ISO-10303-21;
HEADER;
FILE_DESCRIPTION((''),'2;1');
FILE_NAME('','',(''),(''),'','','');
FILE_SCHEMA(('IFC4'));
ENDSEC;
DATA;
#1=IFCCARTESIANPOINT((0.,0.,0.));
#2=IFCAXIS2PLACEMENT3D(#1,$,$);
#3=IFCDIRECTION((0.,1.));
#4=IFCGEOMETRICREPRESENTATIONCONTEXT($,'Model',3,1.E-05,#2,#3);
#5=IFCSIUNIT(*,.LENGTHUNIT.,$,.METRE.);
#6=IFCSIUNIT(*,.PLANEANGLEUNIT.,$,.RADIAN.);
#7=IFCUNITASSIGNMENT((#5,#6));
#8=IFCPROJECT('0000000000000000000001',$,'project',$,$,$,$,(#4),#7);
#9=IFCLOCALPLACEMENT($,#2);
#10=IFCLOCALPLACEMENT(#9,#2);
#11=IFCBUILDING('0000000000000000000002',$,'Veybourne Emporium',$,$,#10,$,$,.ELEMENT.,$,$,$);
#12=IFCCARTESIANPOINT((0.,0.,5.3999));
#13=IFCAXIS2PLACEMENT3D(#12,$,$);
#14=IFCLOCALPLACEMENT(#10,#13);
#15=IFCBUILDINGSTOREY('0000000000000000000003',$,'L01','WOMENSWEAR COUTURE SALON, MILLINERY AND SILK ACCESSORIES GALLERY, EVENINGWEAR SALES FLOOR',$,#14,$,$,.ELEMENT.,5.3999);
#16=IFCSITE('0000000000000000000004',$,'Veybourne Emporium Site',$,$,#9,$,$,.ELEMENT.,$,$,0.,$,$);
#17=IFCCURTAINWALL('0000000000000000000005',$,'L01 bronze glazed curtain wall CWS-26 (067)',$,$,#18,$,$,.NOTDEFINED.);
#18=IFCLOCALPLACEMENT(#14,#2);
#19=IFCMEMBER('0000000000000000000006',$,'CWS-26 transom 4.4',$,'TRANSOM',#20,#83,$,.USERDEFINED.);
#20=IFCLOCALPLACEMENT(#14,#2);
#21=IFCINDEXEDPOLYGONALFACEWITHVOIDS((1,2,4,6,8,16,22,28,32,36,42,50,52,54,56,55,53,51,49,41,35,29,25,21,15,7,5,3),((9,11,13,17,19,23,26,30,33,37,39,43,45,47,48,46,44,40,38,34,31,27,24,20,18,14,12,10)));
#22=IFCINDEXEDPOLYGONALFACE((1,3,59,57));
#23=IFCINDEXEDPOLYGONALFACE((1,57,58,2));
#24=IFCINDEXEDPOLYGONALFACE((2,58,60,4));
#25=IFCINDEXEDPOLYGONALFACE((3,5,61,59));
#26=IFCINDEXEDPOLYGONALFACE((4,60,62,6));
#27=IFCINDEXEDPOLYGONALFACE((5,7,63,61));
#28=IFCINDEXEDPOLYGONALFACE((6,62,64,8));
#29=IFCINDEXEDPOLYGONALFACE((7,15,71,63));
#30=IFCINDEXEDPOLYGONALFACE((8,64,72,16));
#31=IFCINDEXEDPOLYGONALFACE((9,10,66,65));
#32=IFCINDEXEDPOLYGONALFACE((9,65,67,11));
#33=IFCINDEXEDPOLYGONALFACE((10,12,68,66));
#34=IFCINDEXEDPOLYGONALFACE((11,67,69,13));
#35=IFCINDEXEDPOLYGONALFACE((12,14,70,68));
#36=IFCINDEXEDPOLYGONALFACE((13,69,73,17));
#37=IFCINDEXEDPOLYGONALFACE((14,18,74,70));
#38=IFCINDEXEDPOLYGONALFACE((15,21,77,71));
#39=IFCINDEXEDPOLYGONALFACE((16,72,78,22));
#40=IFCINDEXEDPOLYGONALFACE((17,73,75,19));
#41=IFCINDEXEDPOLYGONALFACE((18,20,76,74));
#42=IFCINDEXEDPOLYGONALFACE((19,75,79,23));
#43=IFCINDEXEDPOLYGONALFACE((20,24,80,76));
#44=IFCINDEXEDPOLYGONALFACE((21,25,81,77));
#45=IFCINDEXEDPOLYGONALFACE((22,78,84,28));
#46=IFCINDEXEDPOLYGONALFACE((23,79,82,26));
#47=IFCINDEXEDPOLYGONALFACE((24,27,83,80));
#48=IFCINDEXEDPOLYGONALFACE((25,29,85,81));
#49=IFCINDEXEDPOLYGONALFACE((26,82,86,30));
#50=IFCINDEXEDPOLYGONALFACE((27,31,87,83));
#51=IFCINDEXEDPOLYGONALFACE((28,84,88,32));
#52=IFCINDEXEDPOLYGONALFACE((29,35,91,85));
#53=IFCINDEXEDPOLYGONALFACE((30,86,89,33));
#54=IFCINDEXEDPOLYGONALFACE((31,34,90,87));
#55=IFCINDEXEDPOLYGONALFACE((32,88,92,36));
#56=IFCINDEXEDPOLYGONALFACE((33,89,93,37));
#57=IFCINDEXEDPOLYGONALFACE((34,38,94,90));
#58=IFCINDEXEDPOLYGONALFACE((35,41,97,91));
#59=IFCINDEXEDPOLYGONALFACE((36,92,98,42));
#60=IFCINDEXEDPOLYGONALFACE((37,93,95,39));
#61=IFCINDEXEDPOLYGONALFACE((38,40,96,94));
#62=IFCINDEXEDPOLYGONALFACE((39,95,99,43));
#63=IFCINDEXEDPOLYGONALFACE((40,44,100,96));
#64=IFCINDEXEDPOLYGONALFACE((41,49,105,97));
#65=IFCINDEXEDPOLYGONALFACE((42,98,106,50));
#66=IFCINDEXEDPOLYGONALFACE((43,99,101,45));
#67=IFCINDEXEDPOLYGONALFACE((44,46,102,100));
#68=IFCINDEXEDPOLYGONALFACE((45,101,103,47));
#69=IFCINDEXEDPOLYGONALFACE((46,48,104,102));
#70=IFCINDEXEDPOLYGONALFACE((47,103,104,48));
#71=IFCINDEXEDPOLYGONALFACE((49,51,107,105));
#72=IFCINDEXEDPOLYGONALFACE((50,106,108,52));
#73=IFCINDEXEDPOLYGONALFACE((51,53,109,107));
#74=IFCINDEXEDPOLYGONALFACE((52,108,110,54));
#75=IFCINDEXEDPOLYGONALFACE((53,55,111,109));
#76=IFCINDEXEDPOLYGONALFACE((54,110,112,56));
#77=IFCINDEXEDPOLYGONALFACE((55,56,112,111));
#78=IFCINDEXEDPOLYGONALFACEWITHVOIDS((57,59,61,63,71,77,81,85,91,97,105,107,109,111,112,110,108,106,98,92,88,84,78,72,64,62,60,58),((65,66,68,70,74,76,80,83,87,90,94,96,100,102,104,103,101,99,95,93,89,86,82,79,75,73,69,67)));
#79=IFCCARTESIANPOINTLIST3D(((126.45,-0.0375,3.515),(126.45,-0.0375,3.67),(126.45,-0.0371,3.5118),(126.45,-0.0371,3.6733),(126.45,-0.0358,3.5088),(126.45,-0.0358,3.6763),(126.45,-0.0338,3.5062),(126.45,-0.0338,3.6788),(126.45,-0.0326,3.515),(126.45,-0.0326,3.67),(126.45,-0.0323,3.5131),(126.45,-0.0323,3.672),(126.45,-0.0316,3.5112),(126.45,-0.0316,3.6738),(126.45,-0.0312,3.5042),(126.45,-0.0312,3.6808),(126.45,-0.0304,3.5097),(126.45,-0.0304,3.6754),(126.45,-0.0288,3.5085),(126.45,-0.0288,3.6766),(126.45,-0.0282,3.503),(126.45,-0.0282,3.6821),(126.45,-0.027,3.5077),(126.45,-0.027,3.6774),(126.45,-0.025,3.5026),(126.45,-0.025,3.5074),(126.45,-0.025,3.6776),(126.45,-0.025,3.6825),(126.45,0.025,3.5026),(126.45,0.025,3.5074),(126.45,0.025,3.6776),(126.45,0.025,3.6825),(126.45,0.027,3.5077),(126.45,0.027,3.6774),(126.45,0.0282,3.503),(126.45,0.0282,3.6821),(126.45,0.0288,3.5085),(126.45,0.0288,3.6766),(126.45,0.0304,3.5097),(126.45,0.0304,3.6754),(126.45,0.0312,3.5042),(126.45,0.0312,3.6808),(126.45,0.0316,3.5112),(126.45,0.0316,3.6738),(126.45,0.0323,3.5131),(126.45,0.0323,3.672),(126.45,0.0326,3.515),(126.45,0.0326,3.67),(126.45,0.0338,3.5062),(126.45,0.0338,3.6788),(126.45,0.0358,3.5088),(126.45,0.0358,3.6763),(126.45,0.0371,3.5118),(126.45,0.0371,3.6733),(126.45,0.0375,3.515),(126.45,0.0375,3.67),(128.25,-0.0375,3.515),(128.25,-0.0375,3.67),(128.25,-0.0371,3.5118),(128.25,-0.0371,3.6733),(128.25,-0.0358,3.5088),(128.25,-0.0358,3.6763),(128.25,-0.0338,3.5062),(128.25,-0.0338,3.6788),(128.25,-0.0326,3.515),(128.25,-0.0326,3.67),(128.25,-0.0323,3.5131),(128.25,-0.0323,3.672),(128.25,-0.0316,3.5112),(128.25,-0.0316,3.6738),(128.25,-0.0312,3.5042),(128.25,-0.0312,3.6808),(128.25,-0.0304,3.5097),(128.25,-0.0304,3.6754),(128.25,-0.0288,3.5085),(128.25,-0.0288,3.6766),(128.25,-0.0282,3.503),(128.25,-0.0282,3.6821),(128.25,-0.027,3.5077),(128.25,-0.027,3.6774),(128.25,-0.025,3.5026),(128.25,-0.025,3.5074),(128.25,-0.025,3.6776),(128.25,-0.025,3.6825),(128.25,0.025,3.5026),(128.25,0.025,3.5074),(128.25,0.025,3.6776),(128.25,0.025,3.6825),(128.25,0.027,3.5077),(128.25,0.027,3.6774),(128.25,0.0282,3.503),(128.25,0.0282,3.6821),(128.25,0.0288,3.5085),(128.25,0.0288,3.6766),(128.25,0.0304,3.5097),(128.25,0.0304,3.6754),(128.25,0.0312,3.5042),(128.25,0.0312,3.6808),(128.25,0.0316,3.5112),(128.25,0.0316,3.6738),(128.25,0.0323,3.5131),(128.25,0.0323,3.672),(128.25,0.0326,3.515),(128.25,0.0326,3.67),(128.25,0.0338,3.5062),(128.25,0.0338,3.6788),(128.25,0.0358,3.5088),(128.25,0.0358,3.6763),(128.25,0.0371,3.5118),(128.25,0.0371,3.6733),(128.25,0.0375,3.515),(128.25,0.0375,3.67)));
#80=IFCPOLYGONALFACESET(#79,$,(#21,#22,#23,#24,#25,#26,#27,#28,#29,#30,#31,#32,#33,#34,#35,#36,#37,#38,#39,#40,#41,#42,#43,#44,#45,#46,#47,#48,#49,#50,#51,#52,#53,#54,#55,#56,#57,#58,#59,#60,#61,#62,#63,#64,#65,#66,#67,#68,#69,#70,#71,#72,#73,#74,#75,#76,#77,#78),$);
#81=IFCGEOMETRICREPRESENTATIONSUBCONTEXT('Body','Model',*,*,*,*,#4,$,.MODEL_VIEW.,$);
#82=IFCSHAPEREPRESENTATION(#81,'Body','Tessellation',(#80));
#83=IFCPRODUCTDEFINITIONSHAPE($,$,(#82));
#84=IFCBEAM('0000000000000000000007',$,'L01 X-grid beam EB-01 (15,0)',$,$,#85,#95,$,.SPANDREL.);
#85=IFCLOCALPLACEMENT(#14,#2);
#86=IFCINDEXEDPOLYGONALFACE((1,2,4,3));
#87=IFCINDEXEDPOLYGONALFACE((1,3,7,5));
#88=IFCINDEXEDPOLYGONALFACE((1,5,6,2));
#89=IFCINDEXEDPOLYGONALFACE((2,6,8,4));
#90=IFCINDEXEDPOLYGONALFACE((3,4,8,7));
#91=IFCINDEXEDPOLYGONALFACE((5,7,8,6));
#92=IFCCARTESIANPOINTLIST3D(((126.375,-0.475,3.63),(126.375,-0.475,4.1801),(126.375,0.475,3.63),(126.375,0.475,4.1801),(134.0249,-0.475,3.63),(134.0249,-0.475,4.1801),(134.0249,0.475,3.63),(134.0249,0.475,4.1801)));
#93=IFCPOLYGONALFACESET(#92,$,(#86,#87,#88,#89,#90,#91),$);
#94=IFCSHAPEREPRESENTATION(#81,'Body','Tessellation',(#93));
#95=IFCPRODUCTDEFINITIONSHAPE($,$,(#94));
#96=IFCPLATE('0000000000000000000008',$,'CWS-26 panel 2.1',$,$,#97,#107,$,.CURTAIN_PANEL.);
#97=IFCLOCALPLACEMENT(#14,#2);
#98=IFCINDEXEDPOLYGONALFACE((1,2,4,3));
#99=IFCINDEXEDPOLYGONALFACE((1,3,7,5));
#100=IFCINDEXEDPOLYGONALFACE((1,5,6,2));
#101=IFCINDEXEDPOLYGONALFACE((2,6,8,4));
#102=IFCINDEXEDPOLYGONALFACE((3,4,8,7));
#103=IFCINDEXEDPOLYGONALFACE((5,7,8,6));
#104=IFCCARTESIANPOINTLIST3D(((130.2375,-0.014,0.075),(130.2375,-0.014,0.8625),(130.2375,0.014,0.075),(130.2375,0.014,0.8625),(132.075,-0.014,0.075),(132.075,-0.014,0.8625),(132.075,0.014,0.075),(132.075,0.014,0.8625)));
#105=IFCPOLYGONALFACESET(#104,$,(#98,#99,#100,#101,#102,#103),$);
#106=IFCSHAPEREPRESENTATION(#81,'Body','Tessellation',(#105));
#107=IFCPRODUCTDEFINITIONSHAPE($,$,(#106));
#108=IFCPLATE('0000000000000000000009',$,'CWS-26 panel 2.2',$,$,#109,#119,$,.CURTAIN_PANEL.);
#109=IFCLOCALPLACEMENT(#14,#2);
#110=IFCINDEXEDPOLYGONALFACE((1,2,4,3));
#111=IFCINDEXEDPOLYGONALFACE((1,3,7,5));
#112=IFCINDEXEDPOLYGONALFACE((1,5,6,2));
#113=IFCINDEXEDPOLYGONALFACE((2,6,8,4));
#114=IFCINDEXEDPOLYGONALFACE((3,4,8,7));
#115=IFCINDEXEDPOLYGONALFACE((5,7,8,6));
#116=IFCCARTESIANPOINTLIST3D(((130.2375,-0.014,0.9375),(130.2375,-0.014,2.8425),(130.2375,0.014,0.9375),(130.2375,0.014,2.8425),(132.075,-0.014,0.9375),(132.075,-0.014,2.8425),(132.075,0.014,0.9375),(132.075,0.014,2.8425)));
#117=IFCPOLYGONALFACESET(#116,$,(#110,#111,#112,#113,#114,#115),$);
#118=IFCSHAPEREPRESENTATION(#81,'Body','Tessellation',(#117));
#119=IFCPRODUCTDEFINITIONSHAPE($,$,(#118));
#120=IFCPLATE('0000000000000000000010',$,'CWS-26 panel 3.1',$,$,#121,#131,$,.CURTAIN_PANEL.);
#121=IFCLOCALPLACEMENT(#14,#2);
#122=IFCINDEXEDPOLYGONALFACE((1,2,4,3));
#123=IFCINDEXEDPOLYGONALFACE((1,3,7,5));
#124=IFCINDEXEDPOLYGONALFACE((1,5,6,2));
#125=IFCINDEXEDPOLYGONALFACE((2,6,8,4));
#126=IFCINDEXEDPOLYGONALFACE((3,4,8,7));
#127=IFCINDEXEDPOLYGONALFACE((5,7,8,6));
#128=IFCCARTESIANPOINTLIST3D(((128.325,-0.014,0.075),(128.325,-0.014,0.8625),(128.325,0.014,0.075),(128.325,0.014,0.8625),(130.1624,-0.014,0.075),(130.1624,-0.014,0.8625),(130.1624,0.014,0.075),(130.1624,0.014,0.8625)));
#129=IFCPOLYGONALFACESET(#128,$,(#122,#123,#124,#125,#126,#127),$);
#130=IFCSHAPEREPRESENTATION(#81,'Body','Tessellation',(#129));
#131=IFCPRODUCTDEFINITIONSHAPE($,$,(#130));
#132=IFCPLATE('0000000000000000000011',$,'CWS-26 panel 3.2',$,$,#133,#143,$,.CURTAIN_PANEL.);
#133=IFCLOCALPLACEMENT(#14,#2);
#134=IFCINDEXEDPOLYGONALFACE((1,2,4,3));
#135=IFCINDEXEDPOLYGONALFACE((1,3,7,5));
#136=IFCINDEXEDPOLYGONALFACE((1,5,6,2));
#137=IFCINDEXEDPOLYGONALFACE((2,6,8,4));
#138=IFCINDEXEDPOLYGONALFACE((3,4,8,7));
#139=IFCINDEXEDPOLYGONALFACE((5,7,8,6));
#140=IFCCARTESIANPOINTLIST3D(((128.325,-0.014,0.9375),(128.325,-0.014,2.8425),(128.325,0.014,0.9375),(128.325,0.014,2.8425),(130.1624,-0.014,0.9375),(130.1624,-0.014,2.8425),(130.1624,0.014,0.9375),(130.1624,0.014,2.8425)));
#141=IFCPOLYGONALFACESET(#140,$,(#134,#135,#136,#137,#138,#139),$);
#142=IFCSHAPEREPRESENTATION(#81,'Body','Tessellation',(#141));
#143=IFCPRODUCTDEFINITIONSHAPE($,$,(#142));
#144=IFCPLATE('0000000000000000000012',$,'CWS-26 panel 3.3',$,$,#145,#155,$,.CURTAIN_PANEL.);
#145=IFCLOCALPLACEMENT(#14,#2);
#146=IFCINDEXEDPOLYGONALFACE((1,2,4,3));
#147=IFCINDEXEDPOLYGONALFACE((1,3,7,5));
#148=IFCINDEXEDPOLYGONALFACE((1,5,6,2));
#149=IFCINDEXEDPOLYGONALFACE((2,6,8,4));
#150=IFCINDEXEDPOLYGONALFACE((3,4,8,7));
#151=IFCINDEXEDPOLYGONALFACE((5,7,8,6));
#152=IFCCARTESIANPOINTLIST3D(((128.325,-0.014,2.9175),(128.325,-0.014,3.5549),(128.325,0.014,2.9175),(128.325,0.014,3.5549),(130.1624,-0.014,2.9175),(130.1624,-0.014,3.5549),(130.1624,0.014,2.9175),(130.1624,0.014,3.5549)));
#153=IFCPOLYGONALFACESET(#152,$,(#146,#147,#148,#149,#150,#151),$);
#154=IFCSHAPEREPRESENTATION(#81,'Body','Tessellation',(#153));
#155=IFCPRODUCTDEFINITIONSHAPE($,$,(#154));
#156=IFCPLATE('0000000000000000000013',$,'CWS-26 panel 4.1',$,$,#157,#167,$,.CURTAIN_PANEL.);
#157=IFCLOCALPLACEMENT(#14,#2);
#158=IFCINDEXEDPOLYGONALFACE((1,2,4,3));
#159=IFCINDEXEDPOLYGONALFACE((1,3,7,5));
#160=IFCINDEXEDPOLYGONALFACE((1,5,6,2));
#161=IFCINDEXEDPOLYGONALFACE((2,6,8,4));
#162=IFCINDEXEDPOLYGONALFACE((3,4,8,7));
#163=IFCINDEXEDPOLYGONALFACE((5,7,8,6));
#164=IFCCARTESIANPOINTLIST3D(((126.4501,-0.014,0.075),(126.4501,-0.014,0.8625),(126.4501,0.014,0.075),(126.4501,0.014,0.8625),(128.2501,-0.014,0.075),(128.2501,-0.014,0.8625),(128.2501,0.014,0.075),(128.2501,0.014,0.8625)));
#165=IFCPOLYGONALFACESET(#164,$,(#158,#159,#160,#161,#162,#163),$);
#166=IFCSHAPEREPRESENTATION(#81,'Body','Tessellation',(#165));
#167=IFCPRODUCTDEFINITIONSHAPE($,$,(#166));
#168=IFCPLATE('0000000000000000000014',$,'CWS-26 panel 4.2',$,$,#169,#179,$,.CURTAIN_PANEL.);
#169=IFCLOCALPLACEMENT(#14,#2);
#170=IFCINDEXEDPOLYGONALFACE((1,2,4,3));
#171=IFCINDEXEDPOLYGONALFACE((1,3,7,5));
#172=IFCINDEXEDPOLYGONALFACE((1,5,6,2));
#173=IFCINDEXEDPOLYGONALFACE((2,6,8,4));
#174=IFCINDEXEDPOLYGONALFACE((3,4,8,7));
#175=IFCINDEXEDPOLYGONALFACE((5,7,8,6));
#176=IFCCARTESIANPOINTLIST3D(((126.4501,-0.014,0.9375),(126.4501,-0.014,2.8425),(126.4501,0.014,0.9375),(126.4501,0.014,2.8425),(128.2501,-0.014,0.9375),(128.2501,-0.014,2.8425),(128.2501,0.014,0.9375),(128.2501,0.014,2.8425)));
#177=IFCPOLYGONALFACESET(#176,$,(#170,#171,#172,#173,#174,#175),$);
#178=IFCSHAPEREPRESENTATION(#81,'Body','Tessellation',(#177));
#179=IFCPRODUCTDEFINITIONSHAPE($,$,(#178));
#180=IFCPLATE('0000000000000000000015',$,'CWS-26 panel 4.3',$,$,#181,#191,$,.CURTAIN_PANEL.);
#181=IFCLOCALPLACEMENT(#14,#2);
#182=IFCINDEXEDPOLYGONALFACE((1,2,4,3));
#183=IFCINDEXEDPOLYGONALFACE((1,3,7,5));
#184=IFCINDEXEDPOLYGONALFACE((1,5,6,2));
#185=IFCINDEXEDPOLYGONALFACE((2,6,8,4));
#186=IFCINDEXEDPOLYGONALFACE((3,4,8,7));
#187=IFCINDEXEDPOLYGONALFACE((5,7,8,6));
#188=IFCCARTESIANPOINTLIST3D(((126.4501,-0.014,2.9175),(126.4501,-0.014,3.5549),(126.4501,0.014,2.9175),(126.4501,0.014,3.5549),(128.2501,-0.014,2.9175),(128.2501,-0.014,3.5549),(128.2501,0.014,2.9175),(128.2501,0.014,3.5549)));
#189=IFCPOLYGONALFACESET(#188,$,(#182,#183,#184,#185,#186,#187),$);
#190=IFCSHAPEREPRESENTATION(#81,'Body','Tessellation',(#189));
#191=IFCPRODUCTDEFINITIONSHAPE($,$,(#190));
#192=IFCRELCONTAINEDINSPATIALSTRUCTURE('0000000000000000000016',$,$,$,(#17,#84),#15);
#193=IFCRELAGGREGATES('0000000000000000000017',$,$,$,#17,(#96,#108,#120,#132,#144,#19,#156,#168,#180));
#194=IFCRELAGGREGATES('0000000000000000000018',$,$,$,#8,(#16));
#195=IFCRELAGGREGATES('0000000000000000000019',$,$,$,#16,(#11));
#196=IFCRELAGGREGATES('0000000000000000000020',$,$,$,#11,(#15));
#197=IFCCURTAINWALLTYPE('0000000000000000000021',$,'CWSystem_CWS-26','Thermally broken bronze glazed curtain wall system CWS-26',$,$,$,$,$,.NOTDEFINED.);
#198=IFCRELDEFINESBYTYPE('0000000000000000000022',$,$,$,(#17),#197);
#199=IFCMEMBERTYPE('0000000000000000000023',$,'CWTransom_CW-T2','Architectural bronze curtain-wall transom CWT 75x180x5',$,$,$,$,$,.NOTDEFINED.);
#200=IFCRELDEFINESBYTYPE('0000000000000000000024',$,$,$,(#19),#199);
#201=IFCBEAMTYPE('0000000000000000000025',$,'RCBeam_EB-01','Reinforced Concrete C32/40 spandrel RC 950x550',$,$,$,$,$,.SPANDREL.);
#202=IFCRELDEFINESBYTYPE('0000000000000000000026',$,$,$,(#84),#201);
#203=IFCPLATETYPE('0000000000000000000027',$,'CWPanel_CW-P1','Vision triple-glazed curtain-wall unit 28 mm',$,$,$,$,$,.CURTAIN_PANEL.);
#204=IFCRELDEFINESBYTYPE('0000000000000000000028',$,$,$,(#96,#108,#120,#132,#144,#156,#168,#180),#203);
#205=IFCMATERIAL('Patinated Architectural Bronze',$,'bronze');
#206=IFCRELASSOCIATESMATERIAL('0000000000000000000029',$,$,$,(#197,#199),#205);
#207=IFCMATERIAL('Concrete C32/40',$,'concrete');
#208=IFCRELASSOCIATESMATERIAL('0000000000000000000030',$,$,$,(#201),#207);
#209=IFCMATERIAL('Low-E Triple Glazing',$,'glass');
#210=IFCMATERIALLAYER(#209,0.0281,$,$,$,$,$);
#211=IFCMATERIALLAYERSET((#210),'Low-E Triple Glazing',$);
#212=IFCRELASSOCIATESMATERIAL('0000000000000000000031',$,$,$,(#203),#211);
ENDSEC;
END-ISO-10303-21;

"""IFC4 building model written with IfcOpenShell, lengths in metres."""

from ifc_helpers import new_model, si_unit, direction, frame, origin, origin_2d, place, context, subcontext, project, spatial, rectangle, hollow_rectangle, extrude, material, layer, layer_set, material_profile, profile_set, type_object, element, aggregate, save


model = new_model("IFC4")

# Units and contexts
model_context = context("Model", 3, precision=1e-05, world=origin(), true_north=direction((0.0, 1.0)))
body_context = subcontext(model_context, "Body", "Model", "MODEL_VIEW")
ifc_project = project(units=[si_unit("LENGTHUNIT", "METRE"), si_unit("PLANEANGLEUNIT", "RADIAN")], contexts=[model_context])

# Site, building, storey
site_placement = place(None, origin())
site = spatial("IfcSite", under=ifc_project, at=site_placement, Name="Veybourne Emporium Site", CompositionType="ELEMENT", RefElevation=0.0)
building_placement = place(site_placement, origin())
building = spatial("IfcBuilding", under=site, at=building_placement, Name="Veybourne Emporium", CompositionType="ELEMENT")
storey_placement = place(building_placement, frame((0.0, 0.0, 5.3999)))
storey = spatial("IfcBuildingStorey", under=building, at=storey_placement, Name="L01", Description="WOMENSWEAR COUTURE SALON, MILLINERY AND SILK ACCESSORIES GALLERY, EVENINGWEAR SALES FLOOR", CompositionType="ELEMENT", Elevation=5.3999)

# Curtain wall, member
ifc_material_1 = material(Name="Patinated Architectural Bronze", Category="bronze")
curtain_wall_type = type_object("IfcCurtainWallType", Name="CWSystem_CWS-26", Description="Thermally broken bronze glazed curtain wall system CWS-26", PredefinedType="NOTDEFINED", material=ifc_material_1)
curtain_wall_placement = place(storey_placement, origin())
curtain_wall = element("IfcCurtainWall", 1, at=curtain_wall_placement, inside=storey, type_object=curtain_wall_type, Name="L01 bronze glazed curtain wall CWS-26 (067)", PredefinedType="NOTDEFINED")
ifc_material_profile_1 = material_profile(ifc_material_1, hollow_rectangle(XDim=0.075, YDim=0.1799, WallThickness=0.0049, InnerFilletRadius=0.0076, OuterFilletRadius=0.0125, at=origin_2d()), Name="CWT 75x180x5")
ifc_profile_set_1 = profile_set([ifc_material_profile_1], Name="Patinated Architectural Bronze")
member_type_1 = type_object("IfcMemberType", Name="CWTransom_CW-T2", Description="Architectural bronze curtain-wall transom CWT 75x180x5", PredefinedType="NOTDEFINED", material=ifc_profile_set_1)
member_1_placement = place(storey_placement, frame((128.25, 0.0, 3.5925), z_axis=(-1.0, 0.0, 0.0), x_axis=(0.0, -1.0, 0.0)))
member_1 = element("IfcMember", 2, at=member_1_placement, type_object=member_type_1, Name="CWS-26 transom 4.4", ObjectType="TRANSOM", PredefinedType="USERDEFINED", context=body_context, shape_type="SweptSolid", body=[
    extrude(hollow_rectangle(XDim=0.075, YDim=0.1799, WallThickness=0.0049, InnerFilletRadius=0.0076, OuterFilletRadius=0.0125, at=origin_2d()), origin(), (0.0, 0.0, 1.0), 1.8),
])

# Beam
ifc_material_2 = material(Name="Concrete C32/40", Category="concrete")
ifc_material_profile_2 = material_profile(ifc_material_2, rectangle(XDim=0.95, YDim=0.55, at=origin_2d()), Name="RC 950x550")
ifc_profile_set_2 = profile_set([ifc_material_profile_2], Name="Concrete C32/40")
beam_type = type_object("IfcBeamType", Name="RCBeam_EB-01", Description="Reinforced Concrete C32/40 spandrel RC 950x550", PredefinedType="SPANDREL", material=ifc_profile_set_2)
beam_placement = place(storey_placement, frame((126.375, 0.0, 3.905), z_axis=(1.0, 0.0, 0.0), x_axis=(0.0, 1.0, 0.0)))
element("IfcBeam", 3, at=beam_placement, inside=storey, type_object=beam_type, Name="L01 X-grid beam EB-01 (15,0)", PredefinedType="SPANDREL", context=body_context, shape_type="SweptSolid", body=[
    extrude(rectangle(XDim=0.95, YDim=0.55, at=origin_2d()), origin(), (0.0, 0.0, 1.0), 7.6499),
])

# Plates
ifc_material_3 = material(Name="Low-E Triple Glazing", Category="glass")
ifc_layer = layer(ifc_material_3, 0.0281)
ifc_layer_set = layer_set([ifc_layer], Name="Low-E Triple Glazing")
plate_type = type_object("IfcPlateType", Name="CWPanel_CW-P1", Description="Vision triple-glazed curtain-wall unit 28 mm", PredefinedType="CURTAIN_PANEL", material=ifc_layer_set)
plate_1_placement = place(storey_placement, frame((131.1562, 0.0, 0.075), z_axis=(0.0, 0.0, 1.0), x_axis=(-1.0, 0.0, 0.0)))
plate_1 = element("IfcPlate", 4, at=plate_1_placement, type_object=plate_type, Name="CWS-26 panel 2.1", PredefinedType="CURTAIN_PANEL", context=body_context, shape_type="SweptSolid", body=[
    extrude(rectangle(XDim=1.8374, YDim=0.0281, at=origin_2d()), origin(), (0.0, 0.0, 1.0), 0.7876),
])
plate_2_placement = place(storey_placement, frame((131.1562, 0.0, 0.9375), z_axis=(0.0, 0.0, 1.0), x_axis=(-1.0, 0.0, 0.0)))
plate_2 = element("IfcPlate", 5, at=plate_2_placement, type_object=plate_type, Name="CWS-26 panel 2.2", PredefinedType="CURTAIN_PANEL", context=body_context, shape_type="SweptSolid", body=[
    extrude(rectangle(XDim=1.8374, YDim=0.0281, at=origin_2d()), origin(), (0.0, 0.0, 1.0), 1.905),
])
plate_3_placement = place(storey_placement, frame((129.2437, 0.0, 0.075), z_axis=(0.0, 0.0, 1.0), x_axis=(-1.0, 0.0, 0.0)))
plate_3 = element("IfcPlate", 6, at=plate_3_placement, type_object=plate_type, Name="CWS-26 panel 3.1", PredefinedType="CURTAIN_PANEL", context=body_context, shape_type="SweptSolid", body=[
    extrude(rectangle(XDim=1.8374, YDim=0.0281, at=origin_2d()), origin(), (0.0, 0.0, 1.0), 0.7876),
])
plate_4_placement = place(storey_placement, frame((129.2437, 0.0, 0.9375), z_axis=(0.0, 0.0, 1.0), x_axis=(-1.0, 0.0, 0.0)))
plate_4 = element("IfcPlate", 7, at=plate_4_placement, type_object=plate_type, Name="CWS-26 panel 3.2", PredefinedType="CURTAIN_PANEL", context=body_context, shape_type="SweptSolid", body=[
    extrude(rectangle(XDim=1.8374, YDim=0.0281, at=origin_2d()), origin(), (0.0, 0.0, 1.0), 1.905),
])
plate_5_placement = place(storey_placement, frame((129.2437, 0.0, 2.9175), z_axis=(0.0, 0.0, 1.0), x_axis=(-1.0, 0.0, 0.0)))
plate_5 = element("IfcPlate", 8, at=plate_5_placement, type_object=plate_type, Name="CWS-26 panel 3.3", PredefinedType="CURTAIN_PANEL", context=body_context, shape_type="SweptSolid", body=[
    extrude(rectangle(XDim=1.8374, YDim=0.0281, at=origin_2d()), origin(), (0.0, 0.0, 1.0), 0.6375),
])
plate_6_placement = place(storey_placement, frame((127.3501, 0.0, 0.075), z_axis=(0.0, 0.0, 1.0), x_axis=(-1.0, 0.0, 0.0)))
plate_6 = element("IfcPlate", 9, at=plate_6_placement, type_object=plate_type, Name="CWS-26 panel 4.1", PredefinedType="CURTAIN_PANEL", context=body_context, shape_type="SweptSolid", body=[
    extrude(rectangle(XDim=1.8, YDim=0.0281, at=origin_2d()), origin(), (0.0, 0.0, 1.0), 0.7876),
])
plate_7_placement = place(storey_placement, frame((127.3501, 0.0, 0.9375), z_axis=(0.0, 0.0, 1.0), x_axis=(-1.0, 0.0, 0.0)))
plate_7 = element("IfcPlate", 10, at=plate_7_placement, type_object=plate_type, Name="CWS-26 panel 4.2", PredefinedType="CURTAIN_PANEL", context=body_context, shape_type="SweptSolid", body=[
    extrude(rectangle(XDim=1.8, YDim=0.0281, at=origin_2d()), origin(), (0.0, 0.0, 1.0), 1.905),
])
plate_8_placement = place(storey_placement, frame((127.3501, 0.0, 2.9175), z_axis=(0.0, 0.0, 1.0), x_axis=(-1.0, 0.0, 0.0)))
plate_8 = element("IfcPlate", 11, at=plate_8_placement, type_object=plate_type, Name="CWS-26 panel 4.3", PredefinedType="CURTAIN_PANEL", context=body_context, shape_type="SweptSolid", body=[
    extrude(rectangle(XDim=1.8, YDim=0.0281, at=origin_2d()), origin(), (0.0, 0.0, 1.0), 0.6375),
])
aggregate(curtain_wall, [plate_1, plate_2, plate_3, plate_4, plate_5, member_1, plate_6, plate_7, plate_8])

save(model, "model.ifc")
